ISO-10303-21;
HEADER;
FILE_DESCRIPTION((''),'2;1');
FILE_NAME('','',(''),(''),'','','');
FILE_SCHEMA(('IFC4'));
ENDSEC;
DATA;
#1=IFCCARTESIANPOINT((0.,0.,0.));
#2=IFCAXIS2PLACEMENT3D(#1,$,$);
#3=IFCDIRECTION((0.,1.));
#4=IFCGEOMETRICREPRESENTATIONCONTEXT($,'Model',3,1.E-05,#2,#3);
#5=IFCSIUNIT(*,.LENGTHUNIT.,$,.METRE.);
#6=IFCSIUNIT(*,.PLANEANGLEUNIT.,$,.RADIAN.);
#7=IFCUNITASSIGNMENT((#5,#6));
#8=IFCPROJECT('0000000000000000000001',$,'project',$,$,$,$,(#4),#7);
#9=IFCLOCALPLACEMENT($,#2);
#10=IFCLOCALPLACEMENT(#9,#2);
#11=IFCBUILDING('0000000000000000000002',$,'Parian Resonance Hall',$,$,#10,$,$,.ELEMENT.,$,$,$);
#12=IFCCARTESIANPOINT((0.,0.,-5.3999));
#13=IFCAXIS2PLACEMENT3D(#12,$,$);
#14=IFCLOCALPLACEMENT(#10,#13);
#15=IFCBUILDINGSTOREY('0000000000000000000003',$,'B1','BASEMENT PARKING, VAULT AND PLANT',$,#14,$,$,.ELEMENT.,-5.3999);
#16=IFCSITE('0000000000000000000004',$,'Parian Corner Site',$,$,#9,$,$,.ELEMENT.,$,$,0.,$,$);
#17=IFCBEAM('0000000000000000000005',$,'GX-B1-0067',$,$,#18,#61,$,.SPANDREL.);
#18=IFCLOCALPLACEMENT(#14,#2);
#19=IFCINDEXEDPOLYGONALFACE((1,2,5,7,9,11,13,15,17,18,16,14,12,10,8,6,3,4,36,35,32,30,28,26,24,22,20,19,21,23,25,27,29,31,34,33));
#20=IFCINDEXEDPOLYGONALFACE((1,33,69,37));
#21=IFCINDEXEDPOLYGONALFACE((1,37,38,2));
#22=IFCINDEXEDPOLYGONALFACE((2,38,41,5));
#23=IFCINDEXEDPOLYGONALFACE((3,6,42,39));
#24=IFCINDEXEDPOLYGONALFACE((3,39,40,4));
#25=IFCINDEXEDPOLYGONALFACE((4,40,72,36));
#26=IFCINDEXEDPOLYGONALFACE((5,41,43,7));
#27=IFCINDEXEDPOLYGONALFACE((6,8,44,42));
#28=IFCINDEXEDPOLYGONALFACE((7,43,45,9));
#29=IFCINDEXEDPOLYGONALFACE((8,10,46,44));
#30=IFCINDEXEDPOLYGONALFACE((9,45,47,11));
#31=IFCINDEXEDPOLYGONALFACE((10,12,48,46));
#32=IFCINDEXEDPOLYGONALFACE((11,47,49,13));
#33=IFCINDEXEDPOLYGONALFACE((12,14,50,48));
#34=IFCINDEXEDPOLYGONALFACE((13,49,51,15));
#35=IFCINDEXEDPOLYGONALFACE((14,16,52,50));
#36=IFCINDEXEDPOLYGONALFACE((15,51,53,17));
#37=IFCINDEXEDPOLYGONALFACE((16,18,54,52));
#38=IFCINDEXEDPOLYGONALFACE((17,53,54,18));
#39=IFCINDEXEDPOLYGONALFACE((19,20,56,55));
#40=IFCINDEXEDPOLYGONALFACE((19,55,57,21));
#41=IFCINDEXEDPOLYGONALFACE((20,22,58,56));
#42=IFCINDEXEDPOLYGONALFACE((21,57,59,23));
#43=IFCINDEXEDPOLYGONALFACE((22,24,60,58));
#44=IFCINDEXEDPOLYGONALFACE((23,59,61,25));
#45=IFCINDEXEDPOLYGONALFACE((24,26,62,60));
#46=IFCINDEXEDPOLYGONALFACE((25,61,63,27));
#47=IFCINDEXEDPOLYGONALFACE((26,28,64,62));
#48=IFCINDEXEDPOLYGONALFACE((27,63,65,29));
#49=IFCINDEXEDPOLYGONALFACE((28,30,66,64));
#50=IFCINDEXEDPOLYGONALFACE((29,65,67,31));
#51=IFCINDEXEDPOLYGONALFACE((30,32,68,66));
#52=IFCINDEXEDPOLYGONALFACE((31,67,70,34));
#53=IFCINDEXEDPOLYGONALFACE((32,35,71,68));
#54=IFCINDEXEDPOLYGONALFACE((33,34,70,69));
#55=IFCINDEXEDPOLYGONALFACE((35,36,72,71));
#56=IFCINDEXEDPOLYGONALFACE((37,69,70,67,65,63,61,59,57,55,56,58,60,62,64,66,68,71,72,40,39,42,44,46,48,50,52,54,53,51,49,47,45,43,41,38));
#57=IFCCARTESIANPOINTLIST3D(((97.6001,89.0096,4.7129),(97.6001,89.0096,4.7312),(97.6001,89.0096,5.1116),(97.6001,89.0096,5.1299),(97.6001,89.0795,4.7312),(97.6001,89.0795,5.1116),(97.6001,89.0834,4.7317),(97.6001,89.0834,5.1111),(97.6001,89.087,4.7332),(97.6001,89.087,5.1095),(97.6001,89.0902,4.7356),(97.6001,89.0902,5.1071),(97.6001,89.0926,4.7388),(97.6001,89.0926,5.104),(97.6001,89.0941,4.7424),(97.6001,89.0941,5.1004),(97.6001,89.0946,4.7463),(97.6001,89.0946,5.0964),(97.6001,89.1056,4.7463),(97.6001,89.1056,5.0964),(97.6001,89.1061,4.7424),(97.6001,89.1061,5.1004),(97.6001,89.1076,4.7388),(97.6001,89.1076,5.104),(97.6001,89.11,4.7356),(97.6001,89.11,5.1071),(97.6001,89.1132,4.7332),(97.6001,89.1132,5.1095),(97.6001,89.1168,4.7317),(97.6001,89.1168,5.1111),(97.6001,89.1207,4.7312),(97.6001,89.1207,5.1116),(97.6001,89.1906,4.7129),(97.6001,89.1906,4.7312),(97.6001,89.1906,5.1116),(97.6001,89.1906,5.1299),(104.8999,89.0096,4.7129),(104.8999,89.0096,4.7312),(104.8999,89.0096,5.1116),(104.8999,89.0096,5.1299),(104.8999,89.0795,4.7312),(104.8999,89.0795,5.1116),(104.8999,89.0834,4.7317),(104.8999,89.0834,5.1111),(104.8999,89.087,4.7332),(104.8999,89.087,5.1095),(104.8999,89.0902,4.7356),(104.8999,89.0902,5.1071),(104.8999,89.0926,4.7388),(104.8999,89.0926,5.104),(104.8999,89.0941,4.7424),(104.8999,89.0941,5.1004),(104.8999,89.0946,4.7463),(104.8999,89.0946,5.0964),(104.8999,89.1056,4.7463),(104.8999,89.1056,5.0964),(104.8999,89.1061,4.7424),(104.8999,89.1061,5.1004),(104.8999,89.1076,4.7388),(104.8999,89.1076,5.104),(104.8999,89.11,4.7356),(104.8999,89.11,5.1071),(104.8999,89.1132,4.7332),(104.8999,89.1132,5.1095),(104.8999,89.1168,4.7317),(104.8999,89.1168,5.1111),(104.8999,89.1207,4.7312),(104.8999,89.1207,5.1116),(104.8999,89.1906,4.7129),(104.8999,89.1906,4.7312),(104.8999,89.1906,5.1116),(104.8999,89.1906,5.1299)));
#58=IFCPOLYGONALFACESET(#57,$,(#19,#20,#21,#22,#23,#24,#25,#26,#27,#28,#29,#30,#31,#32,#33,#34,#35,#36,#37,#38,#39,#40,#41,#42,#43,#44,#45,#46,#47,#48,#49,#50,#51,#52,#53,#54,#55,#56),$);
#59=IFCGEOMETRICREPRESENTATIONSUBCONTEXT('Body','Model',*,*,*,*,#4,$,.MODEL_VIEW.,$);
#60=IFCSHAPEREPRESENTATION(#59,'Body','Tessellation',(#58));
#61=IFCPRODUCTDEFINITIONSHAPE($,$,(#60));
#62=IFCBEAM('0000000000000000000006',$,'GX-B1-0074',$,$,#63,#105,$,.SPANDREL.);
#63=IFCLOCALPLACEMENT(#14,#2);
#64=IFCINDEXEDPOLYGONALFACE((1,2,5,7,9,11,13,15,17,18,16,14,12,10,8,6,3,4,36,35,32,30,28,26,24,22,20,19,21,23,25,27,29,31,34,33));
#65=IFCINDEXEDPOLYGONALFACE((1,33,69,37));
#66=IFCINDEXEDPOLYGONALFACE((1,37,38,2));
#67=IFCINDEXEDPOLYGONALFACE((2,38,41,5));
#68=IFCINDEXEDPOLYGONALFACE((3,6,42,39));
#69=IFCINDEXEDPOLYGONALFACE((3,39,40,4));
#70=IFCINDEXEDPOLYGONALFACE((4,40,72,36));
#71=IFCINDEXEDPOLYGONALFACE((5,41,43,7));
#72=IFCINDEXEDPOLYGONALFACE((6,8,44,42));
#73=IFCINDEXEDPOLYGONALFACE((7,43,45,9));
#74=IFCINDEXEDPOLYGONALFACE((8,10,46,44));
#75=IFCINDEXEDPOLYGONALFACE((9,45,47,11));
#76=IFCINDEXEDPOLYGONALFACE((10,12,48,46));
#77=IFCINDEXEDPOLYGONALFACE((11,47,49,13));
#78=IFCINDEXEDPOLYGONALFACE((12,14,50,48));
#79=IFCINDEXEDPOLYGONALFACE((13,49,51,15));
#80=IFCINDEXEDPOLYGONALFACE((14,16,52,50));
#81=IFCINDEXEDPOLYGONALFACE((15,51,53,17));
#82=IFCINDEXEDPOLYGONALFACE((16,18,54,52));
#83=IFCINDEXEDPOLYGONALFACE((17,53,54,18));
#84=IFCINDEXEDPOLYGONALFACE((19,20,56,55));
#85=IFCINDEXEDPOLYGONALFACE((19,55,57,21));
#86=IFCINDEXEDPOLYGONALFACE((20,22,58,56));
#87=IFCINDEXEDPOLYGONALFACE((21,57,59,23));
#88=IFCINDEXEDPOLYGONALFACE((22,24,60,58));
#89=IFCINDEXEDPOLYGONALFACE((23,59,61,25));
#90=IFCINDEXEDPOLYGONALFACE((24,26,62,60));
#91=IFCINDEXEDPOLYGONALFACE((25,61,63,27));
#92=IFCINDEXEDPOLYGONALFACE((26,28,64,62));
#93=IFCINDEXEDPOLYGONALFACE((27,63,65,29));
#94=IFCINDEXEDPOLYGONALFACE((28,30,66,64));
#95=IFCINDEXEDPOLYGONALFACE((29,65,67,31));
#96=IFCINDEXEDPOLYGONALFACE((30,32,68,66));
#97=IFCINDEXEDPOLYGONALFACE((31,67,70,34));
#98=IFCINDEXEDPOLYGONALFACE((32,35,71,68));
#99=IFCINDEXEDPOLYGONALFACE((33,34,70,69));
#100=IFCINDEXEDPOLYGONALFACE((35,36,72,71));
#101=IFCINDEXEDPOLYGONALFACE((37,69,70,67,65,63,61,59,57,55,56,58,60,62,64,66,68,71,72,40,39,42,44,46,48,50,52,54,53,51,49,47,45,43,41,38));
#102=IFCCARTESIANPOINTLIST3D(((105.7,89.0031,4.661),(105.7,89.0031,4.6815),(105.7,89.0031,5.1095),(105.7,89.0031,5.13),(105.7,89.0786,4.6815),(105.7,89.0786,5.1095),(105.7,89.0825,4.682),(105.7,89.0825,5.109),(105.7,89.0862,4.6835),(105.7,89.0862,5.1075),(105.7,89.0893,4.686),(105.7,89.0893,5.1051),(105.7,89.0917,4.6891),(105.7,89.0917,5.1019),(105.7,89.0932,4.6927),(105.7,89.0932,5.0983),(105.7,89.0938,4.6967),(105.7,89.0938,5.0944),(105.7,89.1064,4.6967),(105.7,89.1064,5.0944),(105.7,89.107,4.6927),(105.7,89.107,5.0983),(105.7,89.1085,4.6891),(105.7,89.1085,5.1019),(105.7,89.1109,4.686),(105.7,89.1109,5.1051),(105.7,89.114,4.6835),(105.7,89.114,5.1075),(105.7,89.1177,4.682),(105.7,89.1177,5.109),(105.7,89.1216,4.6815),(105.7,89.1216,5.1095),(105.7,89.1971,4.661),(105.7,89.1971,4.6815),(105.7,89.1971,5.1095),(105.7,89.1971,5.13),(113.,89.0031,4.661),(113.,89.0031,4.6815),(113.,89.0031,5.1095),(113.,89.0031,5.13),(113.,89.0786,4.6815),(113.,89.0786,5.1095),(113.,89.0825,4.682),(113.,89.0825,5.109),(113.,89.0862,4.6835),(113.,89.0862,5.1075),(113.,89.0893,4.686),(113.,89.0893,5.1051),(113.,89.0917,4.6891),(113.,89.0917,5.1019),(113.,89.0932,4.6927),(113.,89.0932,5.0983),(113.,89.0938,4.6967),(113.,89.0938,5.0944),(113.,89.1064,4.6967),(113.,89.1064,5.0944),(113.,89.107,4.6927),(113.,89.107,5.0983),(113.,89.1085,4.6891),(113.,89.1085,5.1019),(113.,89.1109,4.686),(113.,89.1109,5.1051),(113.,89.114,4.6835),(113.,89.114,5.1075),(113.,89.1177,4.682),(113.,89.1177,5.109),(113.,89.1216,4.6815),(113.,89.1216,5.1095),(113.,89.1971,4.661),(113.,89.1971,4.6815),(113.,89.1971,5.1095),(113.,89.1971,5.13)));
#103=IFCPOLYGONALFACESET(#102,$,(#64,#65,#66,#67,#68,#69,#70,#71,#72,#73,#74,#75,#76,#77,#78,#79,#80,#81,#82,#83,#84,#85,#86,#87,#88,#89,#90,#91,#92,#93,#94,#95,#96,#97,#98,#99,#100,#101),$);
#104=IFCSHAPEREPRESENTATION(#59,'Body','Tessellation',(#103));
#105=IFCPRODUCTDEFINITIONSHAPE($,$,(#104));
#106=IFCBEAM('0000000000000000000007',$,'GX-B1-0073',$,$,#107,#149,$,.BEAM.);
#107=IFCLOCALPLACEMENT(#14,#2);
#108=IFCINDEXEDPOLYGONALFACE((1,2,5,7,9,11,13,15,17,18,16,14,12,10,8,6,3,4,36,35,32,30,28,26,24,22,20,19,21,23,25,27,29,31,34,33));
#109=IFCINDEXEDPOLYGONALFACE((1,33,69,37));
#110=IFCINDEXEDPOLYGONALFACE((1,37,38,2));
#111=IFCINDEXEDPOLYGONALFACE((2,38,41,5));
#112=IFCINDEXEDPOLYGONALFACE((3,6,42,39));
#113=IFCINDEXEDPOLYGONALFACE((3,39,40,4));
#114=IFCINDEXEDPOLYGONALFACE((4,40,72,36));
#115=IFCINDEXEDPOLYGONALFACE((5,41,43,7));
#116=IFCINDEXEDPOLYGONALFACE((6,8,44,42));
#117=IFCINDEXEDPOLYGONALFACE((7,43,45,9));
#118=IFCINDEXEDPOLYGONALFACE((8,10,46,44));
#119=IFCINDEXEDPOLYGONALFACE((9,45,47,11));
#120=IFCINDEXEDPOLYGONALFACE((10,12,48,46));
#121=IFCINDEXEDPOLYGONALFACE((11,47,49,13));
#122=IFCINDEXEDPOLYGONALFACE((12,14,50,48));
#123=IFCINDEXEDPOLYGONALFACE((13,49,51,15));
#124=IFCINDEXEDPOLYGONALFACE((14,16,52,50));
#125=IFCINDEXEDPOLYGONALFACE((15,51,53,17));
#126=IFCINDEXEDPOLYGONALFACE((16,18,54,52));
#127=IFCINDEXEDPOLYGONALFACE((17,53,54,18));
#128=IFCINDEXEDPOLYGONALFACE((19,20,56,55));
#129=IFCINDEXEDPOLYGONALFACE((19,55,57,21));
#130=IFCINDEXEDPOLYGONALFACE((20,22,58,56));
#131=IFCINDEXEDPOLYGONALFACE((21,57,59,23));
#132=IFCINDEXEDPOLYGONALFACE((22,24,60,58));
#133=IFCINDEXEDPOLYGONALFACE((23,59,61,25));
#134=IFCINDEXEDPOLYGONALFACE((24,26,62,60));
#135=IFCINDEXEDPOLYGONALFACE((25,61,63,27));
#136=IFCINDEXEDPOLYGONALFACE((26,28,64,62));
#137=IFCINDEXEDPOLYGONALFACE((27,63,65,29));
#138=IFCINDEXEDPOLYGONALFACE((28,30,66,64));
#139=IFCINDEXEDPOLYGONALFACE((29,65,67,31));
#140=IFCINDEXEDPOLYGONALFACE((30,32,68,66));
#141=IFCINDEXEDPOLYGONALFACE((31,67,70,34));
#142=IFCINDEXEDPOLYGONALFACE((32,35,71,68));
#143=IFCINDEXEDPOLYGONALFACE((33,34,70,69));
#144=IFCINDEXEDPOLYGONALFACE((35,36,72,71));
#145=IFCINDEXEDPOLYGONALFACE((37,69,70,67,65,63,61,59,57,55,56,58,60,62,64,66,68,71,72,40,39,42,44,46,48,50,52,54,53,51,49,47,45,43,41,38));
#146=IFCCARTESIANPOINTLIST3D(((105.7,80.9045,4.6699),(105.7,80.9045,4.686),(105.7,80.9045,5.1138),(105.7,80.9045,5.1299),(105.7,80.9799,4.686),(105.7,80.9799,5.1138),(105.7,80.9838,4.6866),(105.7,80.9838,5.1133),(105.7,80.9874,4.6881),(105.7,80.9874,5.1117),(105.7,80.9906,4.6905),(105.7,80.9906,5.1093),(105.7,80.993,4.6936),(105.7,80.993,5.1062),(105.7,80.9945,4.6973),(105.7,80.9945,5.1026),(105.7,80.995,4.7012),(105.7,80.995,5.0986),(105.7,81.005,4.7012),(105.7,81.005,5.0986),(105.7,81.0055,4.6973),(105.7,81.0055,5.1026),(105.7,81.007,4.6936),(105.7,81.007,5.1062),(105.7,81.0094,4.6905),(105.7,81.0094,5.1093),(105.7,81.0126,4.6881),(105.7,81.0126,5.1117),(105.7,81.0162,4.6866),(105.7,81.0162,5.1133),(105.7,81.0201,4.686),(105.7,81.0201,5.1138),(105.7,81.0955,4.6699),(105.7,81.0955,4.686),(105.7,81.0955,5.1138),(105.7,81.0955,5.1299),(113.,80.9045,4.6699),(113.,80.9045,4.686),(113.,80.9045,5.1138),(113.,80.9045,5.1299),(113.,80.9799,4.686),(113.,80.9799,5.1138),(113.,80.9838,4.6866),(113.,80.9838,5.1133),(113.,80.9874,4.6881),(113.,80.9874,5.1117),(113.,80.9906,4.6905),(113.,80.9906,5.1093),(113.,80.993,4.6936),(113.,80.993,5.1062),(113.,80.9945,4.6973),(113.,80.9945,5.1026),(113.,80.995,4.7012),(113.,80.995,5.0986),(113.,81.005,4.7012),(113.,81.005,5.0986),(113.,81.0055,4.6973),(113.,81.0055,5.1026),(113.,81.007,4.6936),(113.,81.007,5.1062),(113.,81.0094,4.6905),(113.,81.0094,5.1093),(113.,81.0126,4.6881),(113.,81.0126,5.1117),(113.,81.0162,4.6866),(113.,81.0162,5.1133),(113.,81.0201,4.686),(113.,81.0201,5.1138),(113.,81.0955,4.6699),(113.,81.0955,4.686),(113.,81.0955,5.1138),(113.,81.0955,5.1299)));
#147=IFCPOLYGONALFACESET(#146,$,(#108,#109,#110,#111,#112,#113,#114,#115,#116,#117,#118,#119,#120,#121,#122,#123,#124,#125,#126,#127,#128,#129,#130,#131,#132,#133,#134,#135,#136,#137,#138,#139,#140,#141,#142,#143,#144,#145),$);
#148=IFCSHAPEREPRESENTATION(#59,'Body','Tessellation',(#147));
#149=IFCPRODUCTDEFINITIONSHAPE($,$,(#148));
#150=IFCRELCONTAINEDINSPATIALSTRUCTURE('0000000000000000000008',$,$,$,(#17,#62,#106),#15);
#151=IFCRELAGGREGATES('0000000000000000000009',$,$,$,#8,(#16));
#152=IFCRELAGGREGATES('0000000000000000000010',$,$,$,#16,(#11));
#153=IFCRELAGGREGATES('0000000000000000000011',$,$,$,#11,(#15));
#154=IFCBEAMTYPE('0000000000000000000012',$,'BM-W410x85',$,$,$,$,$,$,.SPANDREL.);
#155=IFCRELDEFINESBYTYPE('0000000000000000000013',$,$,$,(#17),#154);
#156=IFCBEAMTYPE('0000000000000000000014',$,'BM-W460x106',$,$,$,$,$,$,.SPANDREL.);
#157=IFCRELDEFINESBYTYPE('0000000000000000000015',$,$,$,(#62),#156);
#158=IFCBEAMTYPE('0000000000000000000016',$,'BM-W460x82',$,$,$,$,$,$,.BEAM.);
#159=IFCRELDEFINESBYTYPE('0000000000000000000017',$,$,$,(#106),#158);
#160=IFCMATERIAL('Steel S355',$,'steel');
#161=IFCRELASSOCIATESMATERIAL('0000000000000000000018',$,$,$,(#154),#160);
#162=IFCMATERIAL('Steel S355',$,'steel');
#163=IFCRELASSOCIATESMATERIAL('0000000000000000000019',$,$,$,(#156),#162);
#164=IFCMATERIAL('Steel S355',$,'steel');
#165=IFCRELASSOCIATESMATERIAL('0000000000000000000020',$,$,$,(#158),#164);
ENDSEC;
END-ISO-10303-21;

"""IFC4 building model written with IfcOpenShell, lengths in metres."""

from ifc_helpers import new_model, si_unit, direction, frame, origin, origin_2d, place, context, subcontext, project, spatial, i_section, extrude, material, material_profile, profile_set, type_object, element, save


model = new_model("IFC4")

# Units and contexts
model_context = context("Model", 3, precision=1e-05, world=origin(), true_north=direction((0.0, 1.0)))
body_context = subcontext(model_context, "Body", "Model", "MODEL_VIEW")
ifc_project = project(units=[si_unit("LENGTHUNIT", "METRE"), si_unit("PLANEANGLEUNIT", "RADIAN")], contexts=[model_context])

# Site, building, storey
site_placement = place(None, origin())
site = spatial("IfcSite", under=ifc_project, at=site_placement, Name="Parian Corner Site", CompositionType="ELEMENT", RefElevation=0.0)
building_placement = place(site_placement, origin())
building = spatial("IfcBuilding", under=site, at=building_placement, Name="Parian Resonance Hall", CompositionType="ELEMENT")
storey_placement = place(building_placement, frame((0.0, 0.0, -5.3999)))
storey = spatial("IfcBuildingStorey", under=building, at=storey_placement, Name="B1", Description="BASEMENT PARKING, VAULT AND PLANT", CompositionType="ELEMENT", Elevation=-5.3999)

# Beams
ifc_material_1 = material(Name="Steel S355", Category="steel")
ifc_material_profile_1 = material_profile(ifc_material_1, i_section(OverallWidth=0.1809, OverallDepth=0.417, WebThickness=0.011, FlangeThickness=0.0183, FilletRadius=0.0151, at=origin_2d()), Name="W410x85")
ifc_profile_set_1 = profile_set([ifc_material_profile_1], Name="Steel S355")
beam_type_1 = type_object("IfcBeamType", Name="BM-W410x85", PredefinedType="SPANDREL", material=ifc_profile_set_1)
beam_1_placement = place(storey_placement, frame((97.6001, 89.1001, 4.9214), z_axis=(1.0, 0.0, 0.0), x_axis=(0.0, 1.0, 0.0)))
element("IfcBeam", 1, at=beam_1_placement, inside=storey, type_object=beam_type_1, Name="GX-B1-0067", PredefinedType="SPANDREL", context=body_context, shape_type="SweptSolid", body=[
    extrude(i_section(OverallWidth=0.1809, OverallDepth=0.417, WebThickness=0.011, FlangeThickness=0.0183, FilletRadius=0.0151, at=origin_2d()), origin(), (0.0, 0.0, 1.0), 7.2998),
])
ifc_material_2 = material(Name="Steel S355", Category="steel")
ifc_material_profile_2 = material_profile(ifc_material_2, i_section(OverallWidth=0.1941, OverallDepth=0.469, WebThickness=0.0127, FlangeThickness=0.0205, FilletRadius=0.0151, at=origin_2d()), Name="W460x106")
ifc_profile_set_2 = profile_set([ifc_material_profile_2], Name="Steel S355")
beam_type_2 = type_object("IfcBeamType", Name="BM-W460x106", PredefinedType="SPANDREL", material=ifc_profile_set_2)
beam_2_placement = place(storey_placement, frame((105.7, 89.1001, 4.8955), z_axis=(1.0, 0.0, 0.0), x_axis=(0.0, 1.0, 0.0)))
element("IfcBeam", 2, at=beam_2_placement, inside=storey, type_object=beam_type_2, Name="GX-B1-0074", PredefinedType="SPANDREL", context=body_context, shape_type="SweptSolid", body=[
    extrude(i_section(OverallWidth=0.1941, OverallDepth=0.469, WebThickness=0.0127, FlangeThickness=0.0205, FilletRadius=0.0151, at=origin_2d()), origin(), (0.0, 0.0, 1.0), 7.3),
])
ifc_material_3 = material(Name="Steel S355", Category="steel")
ifc_material_profile_3 = material_profile(ifc_material_3, i_section(OverallWidth=0.1909, OverallDepth=0.46, WebThickness=0.01, FlangeThickness=0.0161, FilletRadius=0.0151, at=origin_2d()), Name="W460x82")
ifc_profile_set_3 = profile_set([ifc_material_profile_3], Name="Steel S355")
beam_type_3 = type_object("IfcBeamType", Name="BM-W460x82", PredefinedType="BEAM", material=ifc_profile_set_3)
beam_3_placement = place(storey_placement, frame((105.7, 81.0, 4.8999), z_axis=(1.0, 0.0, 0.0), x_axis=(0.0, 1.0, 0.0)))
element("IfcBeam", 3, at=beam_3_placement, inside=storey, type_object=beam_type_3, Name="GX-B1-0073", PredefinedType="BEAM", context=body_context, shape_type="SweptSolid", body=[
    extrude(i_section(OverallWidth=0.1909, OverallDepth=0.46, WebThickness=0.01, FlangeThickness=0.0161, FilletRadius=0.0151, at=origin_2d()), origin(), (0.0, 0.0, 1.0), 7.3),
])

save(model, "model.ifc")
